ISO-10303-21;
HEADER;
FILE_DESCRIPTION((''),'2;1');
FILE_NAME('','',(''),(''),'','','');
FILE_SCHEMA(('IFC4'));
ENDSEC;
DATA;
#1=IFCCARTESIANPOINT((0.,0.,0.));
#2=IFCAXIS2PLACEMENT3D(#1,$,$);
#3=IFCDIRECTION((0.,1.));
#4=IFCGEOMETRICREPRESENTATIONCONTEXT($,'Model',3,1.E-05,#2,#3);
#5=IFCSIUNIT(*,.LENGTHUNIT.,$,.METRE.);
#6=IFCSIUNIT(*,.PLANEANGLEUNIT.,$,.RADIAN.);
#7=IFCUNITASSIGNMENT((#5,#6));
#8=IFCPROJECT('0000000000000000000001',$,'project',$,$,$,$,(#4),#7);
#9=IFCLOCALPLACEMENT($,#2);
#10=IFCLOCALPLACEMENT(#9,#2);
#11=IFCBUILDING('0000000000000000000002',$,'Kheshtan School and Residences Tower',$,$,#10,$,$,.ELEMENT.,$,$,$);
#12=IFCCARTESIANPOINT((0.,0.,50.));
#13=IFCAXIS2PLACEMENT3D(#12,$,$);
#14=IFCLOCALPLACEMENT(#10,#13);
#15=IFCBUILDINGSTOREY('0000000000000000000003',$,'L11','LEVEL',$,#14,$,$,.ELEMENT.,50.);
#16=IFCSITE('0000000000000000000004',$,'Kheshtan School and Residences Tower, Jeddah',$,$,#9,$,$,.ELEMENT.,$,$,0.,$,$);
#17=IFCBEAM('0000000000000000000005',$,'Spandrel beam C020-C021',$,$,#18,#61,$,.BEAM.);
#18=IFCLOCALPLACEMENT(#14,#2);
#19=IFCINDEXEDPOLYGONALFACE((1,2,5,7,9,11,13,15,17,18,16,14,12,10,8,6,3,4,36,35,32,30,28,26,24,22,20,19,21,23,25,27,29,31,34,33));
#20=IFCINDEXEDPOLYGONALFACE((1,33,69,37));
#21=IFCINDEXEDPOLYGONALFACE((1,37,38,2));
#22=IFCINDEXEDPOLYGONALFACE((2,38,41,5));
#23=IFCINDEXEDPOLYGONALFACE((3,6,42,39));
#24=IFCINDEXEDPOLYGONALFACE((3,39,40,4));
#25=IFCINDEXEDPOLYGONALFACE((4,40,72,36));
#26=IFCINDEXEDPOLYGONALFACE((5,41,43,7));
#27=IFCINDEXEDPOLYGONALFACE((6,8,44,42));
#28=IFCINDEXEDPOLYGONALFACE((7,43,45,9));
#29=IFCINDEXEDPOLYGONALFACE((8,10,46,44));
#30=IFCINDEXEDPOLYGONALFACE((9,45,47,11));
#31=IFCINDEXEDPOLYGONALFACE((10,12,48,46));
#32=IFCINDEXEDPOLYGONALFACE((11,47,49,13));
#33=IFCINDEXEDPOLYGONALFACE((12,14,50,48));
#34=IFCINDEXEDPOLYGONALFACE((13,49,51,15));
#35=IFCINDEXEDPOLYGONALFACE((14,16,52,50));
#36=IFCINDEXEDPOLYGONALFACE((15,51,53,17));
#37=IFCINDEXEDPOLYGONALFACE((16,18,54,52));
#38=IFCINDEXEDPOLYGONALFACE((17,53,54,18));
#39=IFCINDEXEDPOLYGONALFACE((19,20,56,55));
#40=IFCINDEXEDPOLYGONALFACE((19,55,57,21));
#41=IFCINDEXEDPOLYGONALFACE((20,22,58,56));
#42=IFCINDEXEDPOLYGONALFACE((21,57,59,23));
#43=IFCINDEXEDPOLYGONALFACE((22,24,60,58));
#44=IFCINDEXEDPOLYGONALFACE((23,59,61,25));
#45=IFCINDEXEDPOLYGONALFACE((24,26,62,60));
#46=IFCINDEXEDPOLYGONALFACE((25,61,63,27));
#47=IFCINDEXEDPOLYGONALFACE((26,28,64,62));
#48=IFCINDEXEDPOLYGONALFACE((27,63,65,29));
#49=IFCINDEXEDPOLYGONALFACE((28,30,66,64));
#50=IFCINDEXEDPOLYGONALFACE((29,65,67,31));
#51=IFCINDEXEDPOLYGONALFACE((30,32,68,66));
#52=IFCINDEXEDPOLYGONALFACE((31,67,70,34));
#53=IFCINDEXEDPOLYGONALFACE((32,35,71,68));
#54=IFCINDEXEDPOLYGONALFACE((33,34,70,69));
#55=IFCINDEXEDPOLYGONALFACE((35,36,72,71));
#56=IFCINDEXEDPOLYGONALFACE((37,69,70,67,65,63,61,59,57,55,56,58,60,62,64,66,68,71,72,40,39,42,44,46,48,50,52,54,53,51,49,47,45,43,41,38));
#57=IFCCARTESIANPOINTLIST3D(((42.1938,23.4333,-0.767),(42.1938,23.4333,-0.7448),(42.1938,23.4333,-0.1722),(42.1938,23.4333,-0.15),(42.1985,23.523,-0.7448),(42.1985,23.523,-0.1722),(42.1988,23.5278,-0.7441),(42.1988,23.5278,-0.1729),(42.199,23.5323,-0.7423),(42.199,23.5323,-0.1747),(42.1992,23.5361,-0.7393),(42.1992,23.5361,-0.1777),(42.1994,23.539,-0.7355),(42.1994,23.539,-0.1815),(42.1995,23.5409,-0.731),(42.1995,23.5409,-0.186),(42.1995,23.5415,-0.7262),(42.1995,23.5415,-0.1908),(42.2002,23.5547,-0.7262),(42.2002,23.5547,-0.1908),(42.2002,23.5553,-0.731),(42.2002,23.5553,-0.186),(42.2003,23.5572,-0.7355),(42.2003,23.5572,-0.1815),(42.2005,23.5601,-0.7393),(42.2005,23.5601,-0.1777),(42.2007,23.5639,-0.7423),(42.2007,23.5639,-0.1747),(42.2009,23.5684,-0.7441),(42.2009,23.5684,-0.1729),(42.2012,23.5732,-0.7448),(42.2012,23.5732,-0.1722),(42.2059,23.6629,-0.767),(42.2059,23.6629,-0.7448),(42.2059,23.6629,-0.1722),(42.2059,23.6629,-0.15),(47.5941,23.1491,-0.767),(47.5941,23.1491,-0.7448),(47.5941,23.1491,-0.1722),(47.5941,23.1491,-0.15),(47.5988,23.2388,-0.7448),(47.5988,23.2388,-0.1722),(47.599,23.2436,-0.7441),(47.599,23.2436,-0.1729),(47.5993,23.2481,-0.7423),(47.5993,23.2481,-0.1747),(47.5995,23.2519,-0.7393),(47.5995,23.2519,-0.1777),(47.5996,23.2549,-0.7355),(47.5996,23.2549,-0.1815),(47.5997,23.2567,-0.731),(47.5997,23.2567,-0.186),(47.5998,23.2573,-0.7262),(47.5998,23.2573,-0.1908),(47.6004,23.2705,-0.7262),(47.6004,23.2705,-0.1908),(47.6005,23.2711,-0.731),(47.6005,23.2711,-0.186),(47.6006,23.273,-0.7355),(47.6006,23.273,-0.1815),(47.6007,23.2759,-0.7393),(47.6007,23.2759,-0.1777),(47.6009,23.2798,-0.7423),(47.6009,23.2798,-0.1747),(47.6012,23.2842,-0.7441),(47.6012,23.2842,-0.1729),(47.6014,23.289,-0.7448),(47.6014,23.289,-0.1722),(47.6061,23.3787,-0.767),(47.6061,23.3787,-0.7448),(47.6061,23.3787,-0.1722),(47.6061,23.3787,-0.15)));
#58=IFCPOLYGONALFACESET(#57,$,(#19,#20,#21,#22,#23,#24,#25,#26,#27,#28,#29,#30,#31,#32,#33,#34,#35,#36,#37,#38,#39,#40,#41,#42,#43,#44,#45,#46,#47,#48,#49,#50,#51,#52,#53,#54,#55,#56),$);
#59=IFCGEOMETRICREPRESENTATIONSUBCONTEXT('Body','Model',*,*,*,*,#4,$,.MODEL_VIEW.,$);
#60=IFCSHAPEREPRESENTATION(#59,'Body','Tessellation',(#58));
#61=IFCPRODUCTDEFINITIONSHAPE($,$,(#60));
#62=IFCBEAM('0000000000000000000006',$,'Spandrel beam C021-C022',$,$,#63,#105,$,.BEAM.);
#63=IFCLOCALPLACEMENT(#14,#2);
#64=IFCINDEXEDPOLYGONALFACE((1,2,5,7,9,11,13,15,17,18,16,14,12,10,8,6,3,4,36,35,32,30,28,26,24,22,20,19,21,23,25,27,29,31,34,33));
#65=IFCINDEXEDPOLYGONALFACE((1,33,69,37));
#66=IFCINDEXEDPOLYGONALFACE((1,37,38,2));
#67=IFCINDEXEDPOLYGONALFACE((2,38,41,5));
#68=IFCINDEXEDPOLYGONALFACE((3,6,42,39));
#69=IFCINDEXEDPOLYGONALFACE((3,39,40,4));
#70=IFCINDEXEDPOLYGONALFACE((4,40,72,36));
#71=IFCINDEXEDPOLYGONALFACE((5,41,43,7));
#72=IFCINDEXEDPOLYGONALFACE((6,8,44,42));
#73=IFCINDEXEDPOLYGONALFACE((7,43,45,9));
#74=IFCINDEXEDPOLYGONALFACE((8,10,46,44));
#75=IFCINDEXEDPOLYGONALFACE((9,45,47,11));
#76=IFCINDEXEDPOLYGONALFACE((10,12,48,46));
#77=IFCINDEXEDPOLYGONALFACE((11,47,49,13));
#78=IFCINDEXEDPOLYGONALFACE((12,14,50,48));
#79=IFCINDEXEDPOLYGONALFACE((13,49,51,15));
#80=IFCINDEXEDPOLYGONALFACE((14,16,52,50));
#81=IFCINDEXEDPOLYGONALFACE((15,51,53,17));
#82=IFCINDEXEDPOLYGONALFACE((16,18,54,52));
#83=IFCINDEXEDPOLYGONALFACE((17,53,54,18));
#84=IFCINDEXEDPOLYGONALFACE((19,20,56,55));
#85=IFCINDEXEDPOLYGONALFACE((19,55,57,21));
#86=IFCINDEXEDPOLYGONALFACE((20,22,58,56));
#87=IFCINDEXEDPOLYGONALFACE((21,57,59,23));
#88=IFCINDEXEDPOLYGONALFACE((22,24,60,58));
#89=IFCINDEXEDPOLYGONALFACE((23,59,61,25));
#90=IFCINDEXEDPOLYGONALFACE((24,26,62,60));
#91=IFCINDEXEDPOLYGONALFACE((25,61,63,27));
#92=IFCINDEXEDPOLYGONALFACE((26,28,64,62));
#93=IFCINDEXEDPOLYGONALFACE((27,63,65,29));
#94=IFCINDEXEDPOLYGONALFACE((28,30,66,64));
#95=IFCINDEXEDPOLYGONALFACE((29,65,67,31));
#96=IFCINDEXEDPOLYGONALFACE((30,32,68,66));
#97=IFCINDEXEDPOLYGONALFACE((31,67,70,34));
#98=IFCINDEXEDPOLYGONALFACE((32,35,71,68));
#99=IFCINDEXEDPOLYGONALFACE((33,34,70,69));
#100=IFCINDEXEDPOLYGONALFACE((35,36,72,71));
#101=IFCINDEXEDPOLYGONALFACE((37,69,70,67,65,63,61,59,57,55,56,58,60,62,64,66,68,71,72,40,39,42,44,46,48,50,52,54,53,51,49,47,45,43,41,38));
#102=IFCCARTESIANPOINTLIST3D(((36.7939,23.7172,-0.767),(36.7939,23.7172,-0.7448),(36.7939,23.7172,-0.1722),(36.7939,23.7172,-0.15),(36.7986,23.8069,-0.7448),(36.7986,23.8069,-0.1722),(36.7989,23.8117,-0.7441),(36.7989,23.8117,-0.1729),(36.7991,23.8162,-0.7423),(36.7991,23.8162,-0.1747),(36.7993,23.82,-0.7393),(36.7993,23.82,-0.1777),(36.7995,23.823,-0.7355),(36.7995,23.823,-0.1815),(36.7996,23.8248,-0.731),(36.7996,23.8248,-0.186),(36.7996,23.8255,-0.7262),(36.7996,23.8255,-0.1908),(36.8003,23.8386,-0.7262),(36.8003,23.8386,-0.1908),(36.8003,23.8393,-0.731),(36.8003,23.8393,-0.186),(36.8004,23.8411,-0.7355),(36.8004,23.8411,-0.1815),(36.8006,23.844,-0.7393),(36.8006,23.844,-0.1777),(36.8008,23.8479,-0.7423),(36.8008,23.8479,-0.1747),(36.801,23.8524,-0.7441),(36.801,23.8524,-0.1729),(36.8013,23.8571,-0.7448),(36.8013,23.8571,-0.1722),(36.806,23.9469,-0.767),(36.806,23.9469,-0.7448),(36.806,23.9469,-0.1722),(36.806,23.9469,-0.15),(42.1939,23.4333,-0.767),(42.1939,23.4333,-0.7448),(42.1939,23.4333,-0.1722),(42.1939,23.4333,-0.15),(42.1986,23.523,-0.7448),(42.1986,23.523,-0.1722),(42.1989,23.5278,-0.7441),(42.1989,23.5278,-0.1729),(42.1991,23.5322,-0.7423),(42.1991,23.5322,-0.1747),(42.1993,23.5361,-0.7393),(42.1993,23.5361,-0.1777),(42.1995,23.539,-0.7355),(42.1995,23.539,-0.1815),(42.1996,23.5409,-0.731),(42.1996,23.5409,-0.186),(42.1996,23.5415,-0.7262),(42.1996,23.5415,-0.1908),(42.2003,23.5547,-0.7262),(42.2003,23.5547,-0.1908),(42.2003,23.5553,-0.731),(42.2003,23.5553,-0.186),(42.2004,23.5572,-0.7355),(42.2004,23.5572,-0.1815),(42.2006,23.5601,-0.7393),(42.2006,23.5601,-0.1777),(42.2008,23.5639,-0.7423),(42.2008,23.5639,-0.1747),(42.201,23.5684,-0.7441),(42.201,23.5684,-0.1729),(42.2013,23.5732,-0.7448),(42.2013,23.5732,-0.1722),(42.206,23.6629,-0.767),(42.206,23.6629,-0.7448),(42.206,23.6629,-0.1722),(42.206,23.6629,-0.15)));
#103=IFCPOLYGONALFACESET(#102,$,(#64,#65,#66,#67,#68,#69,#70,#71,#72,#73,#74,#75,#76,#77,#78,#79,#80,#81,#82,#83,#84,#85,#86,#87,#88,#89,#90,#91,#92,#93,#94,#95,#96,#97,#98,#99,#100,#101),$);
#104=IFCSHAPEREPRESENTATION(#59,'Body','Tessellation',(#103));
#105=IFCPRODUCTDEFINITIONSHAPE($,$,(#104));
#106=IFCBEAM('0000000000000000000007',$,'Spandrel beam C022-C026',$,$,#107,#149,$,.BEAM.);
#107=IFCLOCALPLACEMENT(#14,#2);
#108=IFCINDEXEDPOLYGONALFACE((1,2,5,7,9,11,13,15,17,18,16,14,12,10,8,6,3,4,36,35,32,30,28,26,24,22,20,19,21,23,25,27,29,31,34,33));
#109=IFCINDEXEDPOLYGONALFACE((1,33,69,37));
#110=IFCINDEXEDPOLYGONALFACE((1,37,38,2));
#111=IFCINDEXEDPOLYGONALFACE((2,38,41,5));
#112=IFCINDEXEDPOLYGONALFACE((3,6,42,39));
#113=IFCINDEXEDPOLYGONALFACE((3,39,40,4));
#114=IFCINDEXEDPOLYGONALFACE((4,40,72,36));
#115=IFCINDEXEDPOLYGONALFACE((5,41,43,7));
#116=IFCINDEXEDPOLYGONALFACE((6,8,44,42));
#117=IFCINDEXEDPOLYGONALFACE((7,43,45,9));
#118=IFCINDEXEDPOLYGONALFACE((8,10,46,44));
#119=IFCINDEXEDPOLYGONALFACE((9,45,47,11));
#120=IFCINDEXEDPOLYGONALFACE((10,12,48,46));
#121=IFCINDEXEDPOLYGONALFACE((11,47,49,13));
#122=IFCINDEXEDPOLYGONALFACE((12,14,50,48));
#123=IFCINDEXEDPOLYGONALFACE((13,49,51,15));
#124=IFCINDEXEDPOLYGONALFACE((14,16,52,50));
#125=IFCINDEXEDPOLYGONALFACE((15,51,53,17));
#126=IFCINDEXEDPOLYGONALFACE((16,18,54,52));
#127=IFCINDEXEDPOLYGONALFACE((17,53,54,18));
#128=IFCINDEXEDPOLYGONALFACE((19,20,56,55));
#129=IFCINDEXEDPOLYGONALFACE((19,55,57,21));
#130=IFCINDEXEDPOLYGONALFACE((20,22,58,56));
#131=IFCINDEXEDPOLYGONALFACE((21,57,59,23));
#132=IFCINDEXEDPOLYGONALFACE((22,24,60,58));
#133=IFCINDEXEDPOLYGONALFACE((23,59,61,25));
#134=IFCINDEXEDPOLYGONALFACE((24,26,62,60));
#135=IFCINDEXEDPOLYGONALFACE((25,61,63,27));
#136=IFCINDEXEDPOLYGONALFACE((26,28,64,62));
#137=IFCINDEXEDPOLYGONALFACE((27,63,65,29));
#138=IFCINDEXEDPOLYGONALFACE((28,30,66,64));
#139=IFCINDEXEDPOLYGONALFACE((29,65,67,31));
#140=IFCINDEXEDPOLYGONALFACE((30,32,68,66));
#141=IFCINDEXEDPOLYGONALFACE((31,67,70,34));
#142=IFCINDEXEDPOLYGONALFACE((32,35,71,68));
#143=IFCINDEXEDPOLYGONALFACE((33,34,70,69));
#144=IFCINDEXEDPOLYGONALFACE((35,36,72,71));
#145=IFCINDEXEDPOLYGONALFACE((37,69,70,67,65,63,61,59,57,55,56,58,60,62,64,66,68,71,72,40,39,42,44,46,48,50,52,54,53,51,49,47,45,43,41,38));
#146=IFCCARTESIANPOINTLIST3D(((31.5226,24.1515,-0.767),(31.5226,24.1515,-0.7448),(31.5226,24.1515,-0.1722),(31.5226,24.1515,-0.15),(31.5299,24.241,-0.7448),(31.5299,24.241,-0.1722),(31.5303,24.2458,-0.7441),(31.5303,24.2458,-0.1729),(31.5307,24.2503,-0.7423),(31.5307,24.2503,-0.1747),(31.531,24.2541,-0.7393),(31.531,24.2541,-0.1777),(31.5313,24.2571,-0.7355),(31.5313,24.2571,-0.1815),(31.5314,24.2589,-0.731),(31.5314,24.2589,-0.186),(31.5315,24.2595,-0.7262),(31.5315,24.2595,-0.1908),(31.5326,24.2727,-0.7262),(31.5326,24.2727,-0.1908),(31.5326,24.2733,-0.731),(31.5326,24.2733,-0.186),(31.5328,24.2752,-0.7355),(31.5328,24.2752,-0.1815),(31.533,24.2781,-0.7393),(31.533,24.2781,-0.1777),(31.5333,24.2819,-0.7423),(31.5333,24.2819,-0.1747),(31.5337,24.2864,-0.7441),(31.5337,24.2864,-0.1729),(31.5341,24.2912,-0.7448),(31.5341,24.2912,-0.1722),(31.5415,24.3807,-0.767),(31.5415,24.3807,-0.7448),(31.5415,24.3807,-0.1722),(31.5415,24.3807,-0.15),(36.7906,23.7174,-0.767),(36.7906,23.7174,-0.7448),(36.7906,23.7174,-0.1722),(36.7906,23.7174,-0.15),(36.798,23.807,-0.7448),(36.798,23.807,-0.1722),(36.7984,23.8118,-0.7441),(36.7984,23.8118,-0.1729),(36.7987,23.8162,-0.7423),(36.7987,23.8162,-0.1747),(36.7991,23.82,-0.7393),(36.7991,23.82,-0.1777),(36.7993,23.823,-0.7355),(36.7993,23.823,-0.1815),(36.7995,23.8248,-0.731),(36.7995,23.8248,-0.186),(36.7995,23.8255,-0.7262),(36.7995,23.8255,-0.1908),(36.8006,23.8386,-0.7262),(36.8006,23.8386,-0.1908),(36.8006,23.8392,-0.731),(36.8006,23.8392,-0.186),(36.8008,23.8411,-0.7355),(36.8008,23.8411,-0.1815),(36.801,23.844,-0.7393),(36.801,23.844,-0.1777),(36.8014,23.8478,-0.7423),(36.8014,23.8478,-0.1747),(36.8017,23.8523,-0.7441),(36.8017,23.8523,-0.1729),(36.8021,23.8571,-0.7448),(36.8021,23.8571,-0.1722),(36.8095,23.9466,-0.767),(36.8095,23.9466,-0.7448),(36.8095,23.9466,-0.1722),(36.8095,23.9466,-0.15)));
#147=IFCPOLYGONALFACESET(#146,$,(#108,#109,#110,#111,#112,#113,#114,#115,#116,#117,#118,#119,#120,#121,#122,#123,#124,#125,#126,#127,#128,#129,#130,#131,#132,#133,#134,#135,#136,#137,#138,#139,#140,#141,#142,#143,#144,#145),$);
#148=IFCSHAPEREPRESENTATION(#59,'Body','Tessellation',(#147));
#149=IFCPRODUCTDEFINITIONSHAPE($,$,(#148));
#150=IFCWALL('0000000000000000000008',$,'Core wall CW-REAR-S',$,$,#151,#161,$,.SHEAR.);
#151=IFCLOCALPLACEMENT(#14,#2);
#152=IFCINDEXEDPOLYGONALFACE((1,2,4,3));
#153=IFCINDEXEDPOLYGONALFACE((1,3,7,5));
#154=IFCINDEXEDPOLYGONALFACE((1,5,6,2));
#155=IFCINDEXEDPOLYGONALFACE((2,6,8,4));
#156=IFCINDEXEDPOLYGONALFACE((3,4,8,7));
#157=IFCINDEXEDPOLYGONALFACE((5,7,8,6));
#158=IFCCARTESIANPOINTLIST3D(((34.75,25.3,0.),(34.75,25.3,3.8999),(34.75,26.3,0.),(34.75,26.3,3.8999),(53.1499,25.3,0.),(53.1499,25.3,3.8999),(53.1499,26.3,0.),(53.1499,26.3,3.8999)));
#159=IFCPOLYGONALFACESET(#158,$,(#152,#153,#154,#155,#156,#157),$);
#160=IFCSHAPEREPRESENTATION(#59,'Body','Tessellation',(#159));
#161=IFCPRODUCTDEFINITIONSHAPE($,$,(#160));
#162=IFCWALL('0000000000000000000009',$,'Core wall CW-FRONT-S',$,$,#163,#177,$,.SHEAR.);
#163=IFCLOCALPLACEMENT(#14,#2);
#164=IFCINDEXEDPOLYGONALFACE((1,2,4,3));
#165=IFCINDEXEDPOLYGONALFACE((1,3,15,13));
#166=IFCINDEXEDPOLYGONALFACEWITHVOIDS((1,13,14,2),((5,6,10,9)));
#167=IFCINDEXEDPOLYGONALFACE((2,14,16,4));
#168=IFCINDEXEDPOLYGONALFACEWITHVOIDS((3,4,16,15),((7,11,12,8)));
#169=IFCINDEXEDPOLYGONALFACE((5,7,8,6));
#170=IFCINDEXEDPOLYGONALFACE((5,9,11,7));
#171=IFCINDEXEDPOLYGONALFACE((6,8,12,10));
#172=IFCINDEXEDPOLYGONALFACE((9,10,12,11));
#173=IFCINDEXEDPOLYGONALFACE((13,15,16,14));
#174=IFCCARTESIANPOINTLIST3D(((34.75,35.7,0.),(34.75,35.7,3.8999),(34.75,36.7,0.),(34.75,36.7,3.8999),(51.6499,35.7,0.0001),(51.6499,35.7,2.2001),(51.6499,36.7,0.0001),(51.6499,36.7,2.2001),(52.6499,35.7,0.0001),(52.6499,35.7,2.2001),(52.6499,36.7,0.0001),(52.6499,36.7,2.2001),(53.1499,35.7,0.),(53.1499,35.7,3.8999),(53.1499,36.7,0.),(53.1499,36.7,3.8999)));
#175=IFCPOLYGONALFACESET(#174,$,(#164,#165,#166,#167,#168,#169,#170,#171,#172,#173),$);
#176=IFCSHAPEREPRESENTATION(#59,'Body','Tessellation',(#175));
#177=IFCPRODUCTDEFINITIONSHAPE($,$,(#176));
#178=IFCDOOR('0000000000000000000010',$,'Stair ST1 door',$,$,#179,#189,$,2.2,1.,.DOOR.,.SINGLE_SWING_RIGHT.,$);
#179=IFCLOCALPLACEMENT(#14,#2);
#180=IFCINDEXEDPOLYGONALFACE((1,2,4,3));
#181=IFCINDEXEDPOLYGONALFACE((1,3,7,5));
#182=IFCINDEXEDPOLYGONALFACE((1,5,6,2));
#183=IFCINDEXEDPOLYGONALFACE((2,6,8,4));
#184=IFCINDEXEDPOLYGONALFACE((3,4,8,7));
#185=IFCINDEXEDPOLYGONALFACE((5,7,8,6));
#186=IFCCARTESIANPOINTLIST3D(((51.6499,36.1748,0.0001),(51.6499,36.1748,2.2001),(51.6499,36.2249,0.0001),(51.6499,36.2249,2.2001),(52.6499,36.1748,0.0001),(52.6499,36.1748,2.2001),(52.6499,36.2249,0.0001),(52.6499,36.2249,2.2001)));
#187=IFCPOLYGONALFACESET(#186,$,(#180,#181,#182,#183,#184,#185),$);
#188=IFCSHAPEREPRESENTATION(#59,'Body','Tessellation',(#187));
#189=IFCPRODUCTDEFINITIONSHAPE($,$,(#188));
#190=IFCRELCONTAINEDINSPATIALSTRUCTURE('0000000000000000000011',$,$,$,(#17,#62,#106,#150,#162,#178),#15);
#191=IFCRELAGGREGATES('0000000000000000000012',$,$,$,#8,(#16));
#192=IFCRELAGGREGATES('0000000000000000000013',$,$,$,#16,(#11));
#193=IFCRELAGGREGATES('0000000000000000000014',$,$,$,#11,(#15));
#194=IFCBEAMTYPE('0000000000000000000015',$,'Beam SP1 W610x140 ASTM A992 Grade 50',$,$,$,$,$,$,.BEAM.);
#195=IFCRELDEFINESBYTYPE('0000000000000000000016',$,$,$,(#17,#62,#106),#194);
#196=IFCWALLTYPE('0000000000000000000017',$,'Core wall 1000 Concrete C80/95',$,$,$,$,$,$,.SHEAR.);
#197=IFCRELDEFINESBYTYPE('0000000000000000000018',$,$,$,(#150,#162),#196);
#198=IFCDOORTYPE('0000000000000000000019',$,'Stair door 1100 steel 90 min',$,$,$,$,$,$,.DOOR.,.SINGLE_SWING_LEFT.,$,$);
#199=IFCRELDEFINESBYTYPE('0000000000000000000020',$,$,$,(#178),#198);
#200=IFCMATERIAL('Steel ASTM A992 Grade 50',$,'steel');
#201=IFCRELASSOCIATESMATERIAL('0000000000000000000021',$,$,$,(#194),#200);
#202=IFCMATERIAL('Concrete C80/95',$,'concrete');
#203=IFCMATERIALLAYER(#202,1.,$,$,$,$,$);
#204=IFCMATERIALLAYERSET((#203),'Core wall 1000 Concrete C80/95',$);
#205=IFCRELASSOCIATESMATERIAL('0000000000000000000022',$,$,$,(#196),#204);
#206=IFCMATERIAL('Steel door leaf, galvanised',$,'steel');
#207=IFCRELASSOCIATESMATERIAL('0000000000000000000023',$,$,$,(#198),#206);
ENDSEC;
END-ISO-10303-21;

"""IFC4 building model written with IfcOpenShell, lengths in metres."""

from ifc_helpers import new_model, si_unit, direction, frame, frame_2d, origin, origin_2d, place, context, subcontext, project, spatial, rectangle, i_section, extrude, source, transform, mapped, material, layer, layer_set, material_profile, profile_set, type_object, element, fill, save


model = new_model("IFC4")

# Units and contexts
model_context = context("Model", 3, precision=1e-05, world=origin(), true_north=direction((0.0, 1.0)))
body_context = subcontext(model_context, "Body", "Model", "MODEL_VIEW")
ifc_project = project(units=[si_unit("LENGTHUNIT", "METRE"), si_unit("PLANEANGLEUNIT", "RADIAN")], contexts=[model_context])

# Site, building, storey
site_placement = place(None, origin())
site = spatial("IfcSite", under=ifc_project, at=site_placement, Name="Kheshtan School and Residences Tower, Jeddah", CompositionType="ELEMENT", RefElevation=0.0)
building_placement = place(site_placement, origin())
building = spatial("IfcBuilding", under=site, at=building_placement, Name="Kheshtan School and Residences Tower", CompositionType="ELEMENT")
storey_placement = place(building_placement, frame((0.0, 0.0, 50.0)))
storey = spatial("IfcBuildingStorey", under=building, at=storey_placement, Name="L11", Description="LEVEL", CompositionType="ELEMENT", Elevation=50.0)

# Shared definitions
ifc_material_1 = material(Name="Steel ASTM A992 Grade 50", Category="steel")

# Beams
ifc_material_profile_1 = material_profile(ifc_material_1, i_section(OverallWidth=0.23, OverallDepth=0.6169, WebThickness=0.0132, FlangeThickness=0.0222, FilletRadius=0.0186, at=origin_2d()), Name="W610x140")
ifc_profile_set_1 = profile_set([ifc_material_profile_1], Name="Steel ASTM A992 Grade 50")
beam_type_1 = type_object("IfcBeamType", Name="Beam SP1 W610x140 ASTM A992 Grade 50", PredefinedType="BEAM", material=ifc_profile_set_1)
beam_1_placement = place(storey_placement, frame((47.6001, 23.2639, -0.4585), z_axis=(-0.998618, 0.052552, 0.0), x_axis=(-0.052552, -0.998618, 0.0)))
element("IfcBeam", 1, at=beam_1_placement, inside=storey, type_object=beam_type_1, Name="Spandrel beam C020-C021", PredefinedType="BEAM", context=body_context, shape_type="SweptSolid", body=[
    extrude(i_section(OverallWidth=0.23, OverallDepth=0.6169, WebThickness=0.0132, FlangeThickness=0.0222, FilletRadius=0.0186, at=origin_2d()), origin(), (0.0, 0.0, 1.0), 5.4077),
])
beam_2_placement = place(storey_placement, frame((42.2, 23.5481, -0.4585), z_axis=(-0.99862, 0.052509, 0.0), x_axis=(-0.052509, -0.99862, 0.0)))
element("IfcBeam", 2, at=beam_2_placement, inside=storey, type_object=beam_type_1, Name="Spandrel beam C021-C022", PredefinedType="BEAM", context=body_context, shape_type="SweptSolid", body=[
    extrude(i_section(OverallWidth=0.23, OverallDepth=0.6169, WebThickness=0.0132, FlangeThickness=0.0222, FilletRadius=0.0186, at=origin_2d()), origin(), (0.0, 0.0, 1.0), 5.4075),
])
beam_3_placement = place(storey_placement, frame((36.8, 23.832, -0.4585), z_axis=(-0.996622, 0.08212, 0.0), x_axis=(-0.08212, -0.996622, 0.0)))
element("IfcBeam", 3, at=beam_3_placement, inside=storey, type_object=beam_type_1, Name="Spandrel beam C022-C026", PredefinedType="BEAM", context=body_context, shape_type="SweptSolid", body=[
    extrude(i_section(OverallWidth=0.23, OverallDepth=0.6169, WebThickness=0.0132, FlangeThickness=0.0222, FilletRadius=0.0186, at=origin_2d()), origin(), (0.0, 0.0, 1.0), 5.2859),
])

# Wall
ifc_material_2 = material(Name="Concrete C80/95", Category="concrete")
ifc_layer_1 = layer(ifc_material_2, 1.0)
ifc_layer_set_1 = layer_set([ifc_layer_1], Name="Core wall 1000 Concrete C80/95")
wall_type_1 = type_object("IfcWallType", Name="Core wall 1000 Concrete C80/95", PredefinedType="SHEAR", material=ifc_layer_set_1)
wall_1_placement = place(storey_placement, frame((34.75, 25.8, 0.0), z_axis=(0.0, 0.0, 1.0), x_axis=(1.0, 0.0, 0.0)))
element("IfcWall", 4, at=wall_1_placement, inside=storey, type_object=wall_type_1, Name="Core wall CW-REAR-S", PredefinedType="SHEAR", context=body_context, shape_type="SweptSolid", body=[
    extrude(rectangle(XDim=18.3999, YDim=1.0, at=frame_2d((9.2, 0.0))), origin(), (0.0, 0.0, 1.0), 3.8999),
])

# Wall, opening, door
wall_2_placement = place(storey_placement, frame((34.75, 36.2, 0.0), z_axis=(0.0, 0.0, 1.0), x_axis=(1.0, 0.0, 0.0)))
wall_2 = element("IfcWall", 5, at=wall_2_placement, inside=storey, type_object=wall_type_1, Name="Core wall CW-FRONT-S", PredefinedType="SHEAR", context=body_context, shape_type="SweptSolid", body=[
    extrude(rectangle(XDim=18.3999, YDim=1.0, at=frame_2d((9.2, 0.0))), origin(), (0.0, 0.0, 1.0), 3.8999),
])
opening_1_placement = place(wall_2_placement, frame((16.8999, 0.0, 0.0)))
opening_1 = element("IfcOpeningElement", 6, at=opening_1_placement, cuts=wall_2, PredefinedType="OPENING", context=body_context, shape_type="SweptSolid", body=[
    extrude(rectangle(XDim=1.0, YDim=2.2, at=frame_2d((0.5, 1.1001))), frame((0.0, 0.51, 0.0), z_axis=(0.0, -1.0, 0.0), x_axis=(1.0, 0.0, 0.0)), (0.0, 0.0, 1.0), 1.02),
])
ifc_material_3 = material(Name="Steel door leaf, galvanised", Category="steel")
door_type_1 = type_object("IfcDoorType", Name="Stair door 1100 steel 90 min", OperationType="SINGLE_SWING_LEFT", PredefinedType="DOOR", material=ifc_material_3)
shared_shape_1 = source(origin(), body_context, "Body", "SweptSolid", [
    extrude(rectangle(XDim=1.0, YDim=2.2, at=frame_2d((0.5, 1.1001))), frame((0.0, 0.0249, 0.0), z_axis=(0.0, -1.0, 0.0), x_axis=(1.0, 0.0, 0.0)), (0.0, 0.0, 1.0), 0.05),
])
door_1_placement = place(opening_1_placement, origin())
door_1 = element("IfcDoor", 7, at=door_1_placement, inside=storey, type_object=door_type_1, Name="Stair ST1 door", OperationType="SINGLE_SWING_RIGHT", OverallHeight=2.2, OverallWidth=1.0, PredefinedType="DOOR", context=body_context, shape_type="MappedRepresentation", body=[
    mapped(shared_shape_1, transform((0.0, 0.0, 0.0), x_axis=(1.0, 0.0, 0.0), y_axis=(0.0, 1.0, 0.0), z_axis=(0.0, 0.0, 1.0), scale=1.0)),
])
fill(opening_1, door_1)

save(model, "model.ifc")
